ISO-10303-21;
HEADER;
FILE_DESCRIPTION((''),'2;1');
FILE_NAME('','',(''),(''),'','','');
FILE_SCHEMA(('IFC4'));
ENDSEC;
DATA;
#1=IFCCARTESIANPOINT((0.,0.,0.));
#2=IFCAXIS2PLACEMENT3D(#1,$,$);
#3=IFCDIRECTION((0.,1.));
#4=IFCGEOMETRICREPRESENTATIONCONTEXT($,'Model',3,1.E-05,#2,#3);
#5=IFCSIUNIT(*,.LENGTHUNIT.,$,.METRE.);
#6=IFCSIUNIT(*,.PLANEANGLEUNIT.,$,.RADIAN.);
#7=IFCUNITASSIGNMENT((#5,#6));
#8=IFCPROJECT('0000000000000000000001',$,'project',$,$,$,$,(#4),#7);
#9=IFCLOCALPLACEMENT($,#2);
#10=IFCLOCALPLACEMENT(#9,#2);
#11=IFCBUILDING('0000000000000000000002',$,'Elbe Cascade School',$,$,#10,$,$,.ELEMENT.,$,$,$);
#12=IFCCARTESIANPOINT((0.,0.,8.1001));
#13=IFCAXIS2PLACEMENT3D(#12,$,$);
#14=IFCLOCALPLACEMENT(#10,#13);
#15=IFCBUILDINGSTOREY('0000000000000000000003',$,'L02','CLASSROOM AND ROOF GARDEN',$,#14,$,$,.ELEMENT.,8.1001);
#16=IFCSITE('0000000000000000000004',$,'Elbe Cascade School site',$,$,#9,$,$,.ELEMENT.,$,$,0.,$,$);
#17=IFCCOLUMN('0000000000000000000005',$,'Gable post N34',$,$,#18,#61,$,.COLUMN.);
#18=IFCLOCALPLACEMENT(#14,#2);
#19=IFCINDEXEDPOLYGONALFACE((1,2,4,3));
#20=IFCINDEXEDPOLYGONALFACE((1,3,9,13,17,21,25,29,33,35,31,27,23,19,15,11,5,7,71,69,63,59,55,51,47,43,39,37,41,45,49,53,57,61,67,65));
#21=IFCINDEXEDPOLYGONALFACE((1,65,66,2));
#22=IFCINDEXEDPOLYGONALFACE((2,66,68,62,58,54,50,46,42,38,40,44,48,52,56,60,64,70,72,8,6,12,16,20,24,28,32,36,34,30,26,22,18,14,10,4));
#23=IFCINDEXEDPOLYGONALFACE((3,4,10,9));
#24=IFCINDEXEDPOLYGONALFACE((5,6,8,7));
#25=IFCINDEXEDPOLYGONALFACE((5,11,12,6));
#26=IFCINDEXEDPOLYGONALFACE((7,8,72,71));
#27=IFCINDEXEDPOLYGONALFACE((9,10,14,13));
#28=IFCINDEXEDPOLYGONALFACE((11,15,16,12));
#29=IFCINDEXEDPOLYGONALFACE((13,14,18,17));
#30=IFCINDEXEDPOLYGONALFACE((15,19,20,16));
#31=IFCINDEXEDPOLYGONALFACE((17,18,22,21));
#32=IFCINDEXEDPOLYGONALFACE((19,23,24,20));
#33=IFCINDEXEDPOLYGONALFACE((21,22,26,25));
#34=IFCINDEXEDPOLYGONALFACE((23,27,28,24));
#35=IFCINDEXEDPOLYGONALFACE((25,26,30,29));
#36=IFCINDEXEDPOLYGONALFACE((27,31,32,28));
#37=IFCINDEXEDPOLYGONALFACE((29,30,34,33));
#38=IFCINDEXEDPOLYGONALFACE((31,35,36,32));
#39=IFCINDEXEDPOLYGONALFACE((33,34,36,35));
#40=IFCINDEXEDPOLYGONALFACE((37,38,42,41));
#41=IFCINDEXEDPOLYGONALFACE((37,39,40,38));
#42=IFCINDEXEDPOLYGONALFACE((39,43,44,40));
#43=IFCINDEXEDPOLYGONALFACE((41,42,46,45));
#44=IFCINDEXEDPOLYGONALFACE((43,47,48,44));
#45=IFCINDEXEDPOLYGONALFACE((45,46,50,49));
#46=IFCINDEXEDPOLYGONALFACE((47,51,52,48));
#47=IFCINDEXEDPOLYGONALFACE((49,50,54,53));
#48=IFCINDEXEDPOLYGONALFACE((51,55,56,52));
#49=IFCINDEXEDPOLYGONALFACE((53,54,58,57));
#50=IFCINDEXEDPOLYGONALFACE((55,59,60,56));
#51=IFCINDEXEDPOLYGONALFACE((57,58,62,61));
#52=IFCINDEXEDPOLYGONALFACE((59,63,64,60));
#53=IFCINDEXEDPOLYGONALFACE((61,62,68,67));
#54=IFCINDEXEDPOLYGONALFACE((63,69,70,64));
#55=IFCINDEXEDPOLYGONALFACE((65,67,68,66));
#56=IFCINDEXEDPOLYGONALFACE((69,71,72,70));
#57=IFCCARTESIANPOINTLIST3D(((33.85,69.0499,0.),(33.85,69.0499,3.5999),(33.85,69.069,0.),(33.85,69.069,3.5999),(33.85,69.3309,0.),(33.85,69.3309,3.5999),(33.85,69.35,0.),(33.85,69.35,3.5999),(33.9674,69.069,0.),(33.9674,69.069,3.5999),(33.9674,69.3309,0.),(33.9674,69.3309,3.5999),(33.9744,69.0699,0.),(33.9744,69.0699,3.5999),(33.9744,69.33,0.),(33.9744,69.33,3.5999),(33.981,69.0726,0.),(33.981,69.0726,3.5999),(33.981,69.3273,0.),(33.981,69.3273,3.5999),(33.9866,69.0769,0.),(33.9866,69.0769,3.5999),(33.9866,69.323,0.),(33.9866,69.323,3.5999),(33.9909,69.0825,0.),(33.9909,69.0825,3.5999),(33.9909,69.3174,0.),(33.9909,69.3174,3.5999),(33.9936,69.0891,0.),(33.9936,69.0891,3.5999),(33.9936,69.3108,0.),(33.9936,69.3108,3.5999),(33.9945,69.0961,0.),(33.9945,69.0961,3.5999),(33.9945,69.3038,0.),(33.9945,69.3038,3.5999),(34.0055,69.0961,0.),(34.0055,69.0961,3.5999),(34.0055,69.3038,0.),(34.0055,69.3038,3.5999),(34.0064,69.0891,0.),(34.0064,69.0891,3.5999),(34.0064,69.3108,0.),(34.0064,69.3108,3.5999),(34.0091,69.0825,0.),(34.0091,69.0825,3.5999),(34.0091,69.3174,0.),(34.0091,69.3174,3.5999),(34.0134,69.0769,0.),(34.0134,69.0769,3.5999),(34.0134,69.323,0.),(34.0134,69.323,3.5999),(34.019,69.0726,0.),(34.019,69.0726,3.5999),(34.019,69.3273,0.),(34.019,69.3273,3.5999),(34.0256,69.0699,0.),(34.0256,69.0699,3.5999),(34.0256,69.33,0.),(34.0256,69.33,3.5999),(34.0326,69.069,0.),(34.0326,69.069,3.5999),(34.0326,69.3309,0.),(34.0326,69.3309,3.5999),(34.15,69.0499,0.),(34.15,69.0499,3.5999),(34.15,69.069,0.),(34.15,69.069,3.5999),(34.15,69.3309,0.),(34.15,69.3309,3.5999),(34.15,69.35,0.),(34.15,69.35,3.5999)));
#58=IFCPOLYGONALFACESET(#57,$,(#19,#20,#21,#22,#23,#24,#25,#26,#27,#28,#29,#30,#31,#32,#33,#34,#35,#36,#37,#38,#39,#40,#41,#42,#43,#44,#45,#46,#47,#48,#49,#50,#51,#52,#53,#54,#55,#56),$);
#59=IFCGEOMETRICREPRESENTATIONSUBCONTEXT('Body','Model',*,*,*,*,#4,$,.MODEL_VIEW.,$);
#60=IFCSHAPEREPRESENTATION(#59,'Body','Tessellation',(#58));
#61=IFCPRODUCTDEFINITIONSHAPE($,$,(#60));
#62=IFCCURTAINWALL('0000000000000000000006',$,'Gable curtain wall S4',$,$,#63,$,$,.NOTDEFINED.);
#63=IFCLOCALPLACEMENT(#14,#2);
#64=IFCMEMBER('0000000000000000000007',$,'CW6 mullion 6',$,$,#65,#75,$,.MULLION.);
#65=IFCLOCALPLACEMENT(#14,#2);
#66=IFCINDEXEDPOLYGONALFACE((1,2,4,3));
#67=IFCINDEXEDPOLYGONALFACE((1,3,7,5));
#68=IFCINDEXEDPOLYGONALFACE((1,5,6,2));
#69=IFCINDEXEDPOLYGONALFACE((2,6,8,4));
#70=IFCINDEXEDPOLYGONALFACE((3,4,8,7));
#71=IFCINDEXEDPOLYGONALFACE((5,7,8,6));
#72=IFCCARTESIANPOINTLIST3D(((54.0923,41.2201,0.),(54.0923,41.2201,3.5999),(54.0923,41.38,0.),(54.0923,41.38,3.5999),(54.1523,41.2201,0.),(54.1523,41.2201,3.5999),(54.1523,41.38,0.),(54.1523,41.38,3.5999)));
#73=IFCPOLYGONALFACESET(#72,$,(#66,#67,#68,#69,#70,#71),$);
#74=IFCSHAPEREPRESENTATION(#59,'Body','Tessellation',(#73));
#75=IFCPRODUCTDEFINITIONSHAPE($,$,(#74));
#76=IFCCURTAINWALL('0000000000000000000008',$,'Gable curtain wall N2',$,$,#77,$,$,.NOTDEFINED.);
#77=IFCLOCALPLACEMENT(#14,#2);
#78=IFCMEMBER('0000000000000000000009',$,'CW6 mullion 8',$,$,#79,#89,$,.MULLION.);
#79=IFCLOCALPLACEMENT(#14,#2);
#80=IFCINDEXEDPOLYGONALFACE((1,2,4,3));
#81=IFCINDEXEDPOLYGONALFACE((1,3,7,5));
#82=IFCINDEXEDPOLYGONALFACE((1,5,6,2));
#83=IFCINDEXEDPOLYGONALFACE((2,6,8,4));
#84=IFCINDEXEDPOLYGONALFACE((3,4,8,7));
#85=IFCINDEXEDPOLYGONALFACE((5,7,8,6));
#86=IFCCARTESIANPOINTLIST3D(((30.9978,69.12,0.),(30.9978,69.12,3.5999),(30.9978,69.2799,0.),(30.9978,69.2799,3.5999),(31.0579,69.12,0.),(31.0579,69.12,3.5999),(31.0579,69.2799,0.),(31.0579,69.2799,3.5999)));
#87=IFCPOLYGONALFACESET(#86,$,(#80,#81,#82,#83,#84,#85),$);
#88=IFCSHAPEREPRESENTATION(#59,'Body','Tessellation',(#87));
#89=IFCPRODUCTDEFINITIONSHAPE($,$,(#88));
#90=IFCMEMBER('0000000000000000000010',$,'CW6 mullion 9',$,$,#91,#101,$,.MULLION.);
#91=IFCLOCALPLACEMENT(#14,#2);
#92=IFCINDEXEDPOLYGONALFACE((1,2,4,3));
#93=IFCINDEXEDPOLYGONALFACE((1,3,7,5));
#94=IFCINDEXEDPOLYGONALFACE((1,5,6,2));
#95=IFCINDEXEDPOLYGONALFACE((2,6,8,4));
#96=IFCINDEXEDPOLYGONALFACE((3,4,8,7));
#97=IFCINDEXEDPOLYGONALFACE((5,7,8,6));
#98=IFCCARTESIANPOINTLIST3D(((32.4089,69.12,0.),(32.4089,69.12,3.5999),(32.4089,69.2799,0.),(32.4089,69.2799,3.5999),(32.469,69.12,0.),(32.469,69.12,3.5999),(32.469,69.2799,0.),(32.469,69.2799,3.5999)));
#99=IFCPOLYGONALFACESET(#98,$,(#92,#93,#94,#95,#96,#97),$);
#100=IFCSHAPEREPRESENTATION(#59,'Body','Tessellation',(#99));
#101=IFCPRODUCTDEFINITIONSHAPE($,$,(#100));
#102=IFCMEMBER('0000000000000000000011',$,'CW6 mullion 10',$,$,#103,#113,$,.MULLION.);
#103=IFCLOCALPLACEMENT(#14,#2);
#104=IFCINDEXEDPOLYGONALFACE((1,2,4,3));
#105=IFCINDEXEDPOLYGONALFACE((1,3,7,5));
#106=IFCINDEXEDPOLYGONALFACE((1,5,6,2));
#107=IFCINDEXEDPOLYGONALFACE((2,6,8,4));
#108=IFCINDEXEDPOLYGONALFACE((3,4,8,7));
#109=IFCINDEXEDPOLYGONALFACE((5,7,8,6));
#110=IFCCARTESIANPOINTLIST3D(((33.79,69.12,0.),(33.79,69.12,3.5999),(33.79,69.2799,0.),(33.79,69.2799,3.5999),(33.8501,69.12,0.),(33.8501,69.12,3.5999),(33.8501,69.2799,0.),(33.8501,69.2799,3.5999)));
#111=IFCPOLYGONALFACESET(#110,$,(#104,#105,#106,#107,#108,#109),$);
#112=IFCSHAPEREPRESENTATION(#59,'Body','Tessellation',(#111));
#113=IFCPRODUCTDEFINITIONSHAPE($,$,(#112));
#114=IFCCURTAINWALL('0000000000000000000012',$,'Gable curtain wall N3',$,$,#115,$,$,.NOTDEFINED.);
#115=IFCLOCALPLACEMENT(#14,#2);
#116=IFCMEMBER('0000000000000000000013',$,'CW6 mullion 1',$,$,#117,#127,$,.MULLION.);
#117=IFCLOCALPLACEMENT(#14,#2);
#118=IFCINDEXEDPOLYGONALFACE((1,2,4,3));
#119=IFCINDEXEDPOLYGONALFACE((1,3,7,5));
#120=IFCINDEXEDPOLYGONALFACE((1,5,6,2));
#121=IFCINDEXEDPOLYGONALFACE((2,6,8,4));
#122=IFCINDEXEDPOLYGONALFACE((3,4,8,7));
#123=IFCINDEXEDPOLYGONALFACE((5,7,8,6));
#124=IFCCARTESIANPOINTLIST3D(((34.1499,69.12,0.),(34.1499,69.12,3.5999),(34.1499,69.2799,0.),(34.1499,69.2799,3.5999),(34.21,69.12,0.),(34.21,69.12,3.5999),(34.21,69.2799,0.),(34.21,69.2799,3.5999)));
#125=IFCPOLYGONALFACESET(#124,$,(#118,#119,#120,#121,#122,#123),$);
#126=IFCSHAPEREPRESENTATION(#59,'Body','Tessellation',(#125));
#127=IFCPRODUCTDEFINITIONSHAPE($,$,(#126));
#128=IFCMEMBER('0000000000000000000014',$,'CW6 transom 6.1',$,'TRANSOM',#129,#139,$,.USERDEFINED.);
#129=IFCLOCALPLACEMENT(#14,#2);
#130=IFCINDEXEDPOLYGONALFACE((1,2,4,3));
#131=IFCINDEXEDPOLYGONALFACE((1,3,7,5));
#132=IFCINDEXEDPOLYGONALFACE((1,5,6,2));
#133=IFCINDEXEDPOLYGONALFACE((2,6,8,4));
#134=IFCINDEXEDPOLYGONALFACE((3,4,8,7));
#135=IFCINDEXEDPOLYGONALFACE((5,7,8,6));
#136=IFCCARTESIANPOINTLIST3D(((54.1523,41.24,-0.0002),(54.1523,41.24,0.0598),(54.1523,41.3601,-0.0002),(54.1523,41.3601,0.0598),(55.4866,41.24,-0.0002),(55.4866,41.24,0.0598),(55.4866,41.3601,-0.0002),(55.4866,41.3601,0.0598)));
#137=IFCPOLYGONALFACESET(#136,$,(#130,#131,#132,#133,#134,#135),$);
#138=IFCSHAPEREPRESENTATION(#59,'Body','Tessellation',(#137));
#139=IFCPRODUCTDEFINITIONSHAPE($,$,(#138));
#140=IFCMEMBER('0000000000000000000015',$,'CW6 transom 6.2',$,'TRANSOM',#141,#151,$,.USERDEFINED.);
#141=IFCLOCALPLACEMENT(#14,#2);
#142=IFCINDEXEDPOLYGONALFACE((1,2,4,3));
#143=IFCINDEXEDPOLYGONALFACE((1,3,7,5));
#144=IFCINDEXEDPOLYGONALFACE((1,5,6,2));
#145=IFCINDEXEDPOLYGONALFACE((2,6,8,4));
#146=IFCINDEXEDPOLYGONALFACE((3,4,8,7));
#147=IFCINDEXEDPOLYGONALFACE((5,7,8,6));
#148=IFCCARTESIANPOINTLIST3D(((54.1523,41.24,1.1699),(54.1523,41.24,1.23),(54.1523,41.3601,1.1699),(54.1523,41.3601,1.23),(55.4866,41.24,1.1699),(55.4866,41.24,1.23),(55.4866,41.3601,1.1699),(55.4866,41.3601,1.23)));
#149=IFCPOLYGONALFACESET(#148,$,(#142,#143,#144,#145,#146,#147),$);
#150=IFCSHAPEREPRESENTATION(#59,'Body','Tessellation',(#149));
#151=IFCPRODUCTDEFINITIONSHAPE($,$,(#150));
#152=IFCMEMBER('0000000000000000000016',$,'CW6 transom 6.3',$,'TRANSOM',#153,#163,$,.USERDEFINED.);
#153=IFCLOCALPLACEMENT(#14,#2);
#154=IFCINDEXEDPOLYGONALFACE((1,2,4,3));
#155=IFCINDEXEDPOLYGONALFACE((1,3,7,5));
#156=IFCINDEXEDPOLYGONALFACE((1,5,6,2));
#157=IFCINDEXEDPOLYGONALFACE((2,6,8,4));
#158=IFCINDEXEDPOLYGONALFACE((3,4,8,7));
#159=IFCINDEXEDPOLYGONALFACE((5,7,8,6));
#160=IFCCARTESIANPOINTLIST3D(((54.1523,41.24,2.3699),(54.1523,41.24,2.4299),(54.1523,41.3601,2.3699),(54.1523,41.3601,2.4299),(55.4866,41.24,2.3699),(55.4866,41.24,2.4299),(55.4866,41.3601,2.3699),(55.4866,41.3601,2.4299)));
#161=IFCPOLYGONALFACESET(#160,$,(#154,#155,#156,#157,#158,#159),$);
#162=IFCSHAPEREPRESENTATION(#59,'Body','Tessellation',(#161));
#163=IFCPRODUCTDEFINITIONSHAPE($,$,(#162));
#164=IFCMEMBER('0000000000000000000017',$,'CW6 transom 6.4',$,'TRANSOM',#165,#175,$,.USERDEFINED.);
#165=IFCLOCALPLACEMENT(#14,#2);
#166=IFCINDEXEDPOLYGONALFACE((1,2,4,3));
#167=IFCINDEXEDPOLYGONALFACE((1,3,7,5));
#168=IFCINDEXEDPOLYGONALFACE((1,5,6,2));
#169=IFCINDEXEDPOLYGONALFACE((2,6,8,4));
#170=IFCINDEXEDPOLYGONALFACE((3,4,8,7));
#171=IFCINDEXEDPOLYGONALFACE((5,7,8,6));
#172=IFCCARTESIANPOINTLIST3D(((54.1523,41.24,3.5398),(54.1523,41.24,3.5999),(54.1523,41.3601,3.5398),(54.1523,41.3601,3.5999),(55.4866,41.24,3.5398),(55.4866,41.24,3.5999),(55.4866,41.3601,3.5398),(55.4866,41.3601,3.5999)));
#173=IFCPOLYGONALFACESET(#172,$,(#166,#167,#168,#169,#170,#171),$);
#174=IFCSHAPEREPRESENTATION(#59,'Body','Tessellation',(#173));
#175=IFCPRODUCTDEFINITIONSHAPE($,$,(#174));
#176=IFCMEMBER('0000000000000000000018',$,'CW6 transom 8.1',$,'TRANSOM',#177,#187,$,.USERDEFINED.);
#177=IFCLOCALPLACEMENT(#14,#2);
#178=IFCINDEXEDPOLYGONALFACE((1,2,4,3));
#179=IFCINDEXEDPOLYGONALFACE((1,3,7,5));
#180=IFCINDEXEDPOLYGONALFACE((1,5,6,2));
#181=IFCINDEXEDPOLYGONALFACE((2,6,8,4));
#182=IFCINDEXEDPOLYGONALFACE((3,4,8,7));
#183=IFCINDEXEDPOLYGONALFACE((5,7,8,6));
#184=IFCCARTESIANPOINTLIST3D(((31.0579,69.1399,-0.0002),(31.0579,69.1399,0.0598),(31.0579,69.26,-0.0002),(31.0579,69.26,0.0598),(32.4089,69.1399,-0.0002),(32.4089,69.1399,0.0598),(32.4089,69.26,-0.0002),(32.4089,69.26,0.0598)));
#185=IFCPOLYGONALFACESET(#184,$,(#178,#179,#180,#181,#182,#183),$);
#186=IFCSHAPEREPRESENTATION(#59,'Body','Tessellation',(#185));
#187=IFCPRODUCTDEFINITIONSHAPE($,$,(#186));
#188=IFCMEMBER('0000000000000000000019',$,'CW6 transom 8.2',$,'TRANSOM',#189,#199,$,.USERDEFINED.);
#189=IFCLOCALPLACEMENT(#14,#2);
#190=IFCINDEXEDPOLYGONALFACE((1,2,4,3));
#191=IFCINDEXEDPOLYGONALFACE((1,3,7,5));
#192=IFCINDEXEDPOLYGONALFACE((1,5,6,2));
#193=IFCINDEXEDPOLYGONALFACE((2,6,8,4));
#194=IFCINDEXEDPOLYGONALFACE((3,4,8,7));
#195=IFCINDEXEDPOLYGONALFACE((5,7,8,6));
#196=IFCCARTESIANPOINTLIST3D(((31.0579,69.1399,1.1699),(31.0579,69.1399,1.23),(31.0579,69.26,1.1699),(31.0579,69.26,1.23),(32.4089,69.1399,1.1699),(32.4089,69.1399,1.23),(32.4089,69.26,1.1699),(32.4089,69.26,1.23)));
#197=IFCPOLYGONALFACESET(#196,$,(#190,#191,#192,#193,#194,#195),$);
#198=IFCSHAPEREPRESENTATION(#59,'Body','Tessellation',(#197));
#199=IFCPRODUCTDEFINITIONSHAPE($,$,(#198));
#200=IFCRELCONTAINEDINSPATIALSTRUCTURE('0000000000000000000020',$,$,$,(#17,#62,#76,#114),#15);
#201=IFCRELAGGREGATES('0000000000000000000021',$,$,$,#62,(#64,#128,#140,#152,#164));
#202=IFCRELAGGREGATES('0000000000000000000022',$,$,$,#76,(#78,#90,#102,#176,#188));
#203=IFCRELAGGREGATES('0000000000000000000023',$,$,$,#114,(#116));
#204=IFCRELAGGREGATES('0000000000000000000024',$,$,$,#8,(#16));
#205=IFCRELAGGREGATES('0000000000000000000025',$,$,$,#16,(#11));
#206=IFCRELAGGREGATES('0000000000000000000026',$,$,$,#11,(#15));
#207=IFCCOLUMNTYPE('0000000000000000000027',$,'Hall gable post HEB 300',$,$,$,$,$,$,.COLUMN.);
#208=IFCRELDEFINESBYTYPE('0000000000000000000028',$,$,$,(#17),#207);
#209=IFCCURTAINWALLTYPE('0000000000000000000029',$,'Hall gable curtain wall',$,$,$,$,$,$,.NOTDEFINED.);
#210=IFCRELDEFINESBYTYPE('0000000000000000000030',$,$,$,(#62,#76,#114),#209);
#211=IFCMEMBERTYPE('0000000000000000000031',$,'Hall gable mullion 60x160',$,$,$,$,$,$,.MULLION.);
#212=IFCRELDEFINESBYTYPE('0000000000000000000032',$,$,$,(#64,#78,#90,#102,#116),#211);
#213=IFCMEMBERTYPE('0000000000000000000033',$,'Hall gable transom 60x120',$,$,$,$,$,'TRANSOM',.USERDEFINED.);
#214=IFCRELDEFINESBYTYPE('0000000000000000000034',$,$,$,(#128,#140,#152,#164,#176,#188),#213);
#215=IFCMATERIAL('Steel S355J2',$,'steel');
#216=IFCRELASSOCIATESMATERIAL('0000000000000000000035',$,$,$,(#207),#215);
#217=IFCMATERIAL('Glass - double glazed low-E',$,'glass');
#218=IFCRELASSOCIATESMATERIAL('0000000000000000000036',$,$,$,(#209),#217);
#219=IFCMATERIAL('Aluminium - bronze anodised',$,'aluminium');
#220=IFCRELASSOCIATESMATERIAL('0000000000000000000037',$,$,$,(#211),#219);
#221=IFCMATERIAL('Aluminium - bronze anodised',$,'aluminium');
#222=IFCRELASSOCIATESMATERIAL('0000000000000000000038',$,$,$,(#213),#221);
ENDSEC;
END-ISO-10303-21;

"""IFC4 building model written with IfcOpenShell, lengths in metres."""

from ifc_helpers import new_model, si_unit, direction, frame, origin, origin_2d, place, context, subcontext, project, spatial, rectangle, i_section, extrude, material, material_profile, profile_set, type_object, element, aggregate, save


model = new_model("IFC4")

# Units and contexts
model_context = context("Model", 3, precision=1e-05, world=origin(), true_north=direction((0.0, 1.0)))
body_context = subcontext(model_context, "Body", "Model", "MODEL_VIEW")
ifc_project = project(units=[si_unit("LENGTHUNIT", "METRE"), si_unit("PLANEANGLEUNIT", "RADIAN")], contexts=[model_context])

# Site, building, storey
site_placement = place(None, origin())
site = spatial("IfcSite", under=ifc_project, at=site_placement, Name="Elbe Cascade School site", CompositionType="ELEMENT", RefElevation=0.0)
building_placement = place(site_placement, origin())
building = spatial("IfcBuilding", under=site, at=building_placement, Name="Elbe Cascade School", CompositionType="ELEMENT")
storey_placement = place(building_placement, frame((0.0, 0.0, 8.1001)))
storey = spatial("IfcBuildingStorey", under=building, at=storey_placement, Name="L02", Description="CLASSROOM AND ROOF GARDEN", CompositionType="ELEMENT", Elevation=8.1001)

# Column
ifc_material_1 = material(Name="Steel S355J2", Category="steel")
ifc_material_profile_1 = material_profile(ifc_material_1, i_section(OverallWidth=0.3, OverallDepth=0.3, WebThickness=0.011, FlangeThickness=0.019, FilletRadius=0.0271, at=origin_2d()), Name="HEB 300")
ifc_profile_set_1 = profile_set([ifc_material_profile_1], Name="Steel S355J2")
column_type = type_object("IfcColumnType", Name="Hall gable post HEB 300", PredefinedType="COLUMN", material=ifc_profile_set_1)
column_placement = place(storey_placement, frame((34.0, 69.2, 0.0), z_axis=(0.0, 0.0, 1.0), x_axis=(1.0, 0.0, 0.0)))
element("IfcColumn", 1, at=column_placement, inside=storey, type_object=column_type, Name="Gable post N34", PredefinedType="COLUMN", context=body_context, shape_type="SweptSolid", body=[
    extrude(i_section(OverallWidth=0.3, OverallDepth=0.3, WebThickness=0.011, FlangeThickness=0.019, FilletRadius=0.0271, at=origin_2d()), origin(), (0.0, 0.0, 1.0), 3.5999),
])

# Curtain wall, member
ifc_material_2 = material(Name="Glass - double glazed low-E", Category="glass")
curtain_wall_type = type_object("IfcCurtainWallType", Name="Hall gable curtain wall", PredefinedType="NOTDEFINED", material=ifc_material_2)
curtain_wall_1_placement = place(storey_placement, origin())
curtain_wall_1 = element("IfcCurtainWall", 2, at=curtain_wall_1_placement, inside=storey, type_object=curtain_wall_type, Name="Gable curtain wall S4", PredefinedType="NOTDEFINED")
ifc_material_3 = material(Name="Aluminium - bronze anodised", Category="aluminium")
ifc_material_profile_2 = material_profile(ifc_material_3, rectangle(XDim=0.1599, YDim=0.0601, at=origin_2d()), Name="Alu 60x160")
ifc_profile_set_2 = profile_set([ifc_material_profile_2], Name="Aluminium - bronze anodised")
member_type_1 = type_object("IfcMemberType", Name="Hall gable mullion 60x160", PredefinedType="MULLION", material=ifc_profile_set_2)
member_1_placement = place(storey_placement, frame((54.1223, 41.3, 0.0), z_axis=(0.0, 0.0, 1.0), x_axis=(0.0, 1.0, 0.0)))
member_1 = element("IfcMember", 3, at=member_1_placement, type_object=member_type_1, Name="CW6 mullion 6", PredefinedType="MULLION", context=body_context, shape_type="SweptSolid", body=[
    extrude(rectangle(XDim=0.1599, YDim=0.0601, at=origin_2d()), origin(), (0.0, 0.0, 1.0), 3.5999),
])

# Curtain wall, members
curtain_wall_2_placement = place(storey_placement, origin())
curtain_wall_2 = element("IfcCurtainWall", 4, at=curtain_wall_2_placement, inside=storey, type_object=curtain_wall_type, Name="Gable curtain wall N2", PredefinedType="NOTDEFINED")
member_2_placement = place(storey_placement, frame((31.0278, 69.2, 0.0), z_axis=(0.0, 0.0, 1.0), x_axis=(0.0, 1.0, 0.0)))
member_2 = element("IfcMember", 5, at=member_2_placement, type_object=member_type_1, Name="CW6 mullion 8", PredefinedType="MULLION", context=body_context, shape_type="SweptSolid", body=[
    extrude(rectangle(XDim=0.1599, YDim=0.0601, at=origin_2d()), origin(), (0.0, 0.0, 1.0), 3.5999),
])
member_3_placement = place(storey_placement, frame((32.439, 69.2, 0.0), z_axis=(0.0, 0.0, 1.0), x_axis=(0.0, 1.0, 0.0)))
member_3 = element("IfcMember", 6, at=member_3_placement, type_object=member_type_1, Name="CW6 mullion 9", PredefinedType="MULLION", context=body_context, shape_type="SweptSolid", body=[
    extrude(rectangle(XDim=0.1599, YDim=0.0601, at=origin_2d()), origin(), (0.0, 0.0, 1.0), 3.5999),
])
member_4_placement = place(storey_placement, frame((33.8201, 69.2, 0.0), z_axis=(0.0, 0.0, 1.0), x_axis=(0.0, 1.0, 0.0)))
member_4 = element("IfcMember", 7, at=member_4_placement, type_object=member_type_1, Name="CW6 mullion 10", PredefinedType="MULLION", context=body_context, shape_type="SweptSolid", body=[
    extrude(rectangle(XDim=0.1599, YDim=0.0601, at=origin_2d()), origin(), (0.0, 0.0, 1.0), 3.5999),
])

# Curtain wall, member
curtain_wall_3_placement = place(storey_placement, origin())
curtain_wall_3 = element("IfcCurtainWall", 8, at=curtain_wall_3_placement, inside=storey, type_object=curtain_wall_type, Name="Gable curtain wall N3", PredefinedType="NOTDEFINED")
member_5_placement = place(storey_placement, frame((34.1799, 69.2, 0.0), z_axis=(0.0, 0.0, 1.0), x_axis=(0.0, 1.0, 0.0)))
member_5 = element("IfcMember", 9, at=member_5_placement, type_object=member_type_1, Name="CW6 mullion 1", PredefinedType="MULLION", context=body_context, shape_type="SweptSolid", body=[
    extrude(rectangle(XDim=0.1599, YDim=0.0601, at=origin_2d()), origin(), (0.0, 0.0, 1.0), 3.5999),
])

# Members
ifc_material_4 = material(Name="Aluminium - bronze anodised", Category="aluminium")
ifc_material_profile_3 = material_profile(ifc_material_4, rectangle(XDim=0.1201, YDim=0.0601, at=origin_2d()), Name="Alu 60x120")
ifc_profile_set_3 = profile_set([ifc_material_profile_3], Name="Aluminium - bronze anodised")
member_type_2 = type_object("IfcMemberType", Name="Hall gable transom 60x120", ElementType="TRANSOM", PredefinedType="USERDEFINED", material=ifc_profile_set_3)
member_6_placement = place(storey_placement, frame((54.1523, 41.3, 0.0298), z_axis=(1.0, 0.0, 0.0), x_axis=(0.0, 1.0, 0.0)))
member_6 = element("IfcMember", 10, at=member_6_placement, type_object=member_type_2, Name="CW6 transom 6.1", ObjectType="TRANSOM", PredefinedType="USERDEFINED", context=body_context, shape_type="SweptSolid", body=[
    extrude(rectangle(XDim=0.1201, YDim=0.0601, at=origin_2d()), origin(), (0.0, 0.0, 1.0), 1.3342),
])
member_7_placement = place(storey_placement, frame((54.1523, 41.3, 1.2), z_axis=(1.0, 0.0, 0.0), x_axis=(0.0, 1.0, 0.0)))
member_7 = element("IfcMember", 11, at=member_7_placement, type_object=member_type_2, Name="CW6 transom 6.2", ObjectType="TRANSOM", PredefinedType="USERDEFINED", context=body_context, shape_type="SweptSolid", body=[
    extrude(rectangle(XDim=0.1201, YDim=0.0601, at=origin_2d()), origin(), (0.0, 0.0, 1.0), 1.3342),
])
member_8_placement = place(storey_placement, frame((54.1523, 41.3, 2.3999), z_axis=(1.0, 0.0, 0.0), x_axis=(0.0, 1.0, 0.0)))
member_8 = element("IfcMember", 12, at=member_8_placement, type_object=member_type_2, Name="CW6 transom 6.3", ObjectType="TRANSOM", PredefinedType="USERDEFINED", context=body_context, shape_type="SweptSolid", body=[
    extrude(rectangle(XDim=0.1201, YDim=0.0601, at=origin_2d()), origin(), (0.0, 0.0, 1.0), 1.3342),
])
member_9_placement = place(storey_placement, frame((54.1523, 41.3, 3.5698), z_axis=(1.0, 0.0, 0.0), x_axis=(0.0, 1.0, 0.0)))
member_9 = element("IfcMember", 13, at=member_9_placement, type_object=member_type_2, Name="CW6 transom 6.4", ObjectType="TRANSOM", PredefinedType="USERDEFINED", context=body_context, shape_type="SweptSolid", body=[
    extrude(rectangle(XDim=0.1201, YDim=0.0601, at=origin_2d()), origin(), (0.0, 0.0, 1.0), 1.3342),
])
member_10_placement = place(storey_placement, frame((31.0579, 69.2, 0.0298), z_axis=(1.0, 0.0, 0.0), x_axis=(0.0, 1.0, 0.0)))
member_10 = element("IfcMember", 14, at=member_10_placement, type_object=member_type_2, Name="CW6 transom 8.1", ObjectType="TRANSOM", PredefinedType="USERDEFINED", context=body_context, shape_type="SweptSolid", body=[
    extrude(rectangle(XDim=0.1201, YDim=0.0601, at=origin_2d()), origin(), (0.0, 0.0, 1.0), 1.3511),
])
member_11_placement = place(storey_placement, frame((31.0579, 69.2, 1.2), z_axis=(1.0, 0.0, 0.0), x_axis=(0.0, 1.0, 0.0)))
member_11 = element("IfcMember", 15, at=member_11_placement, type_object=member_type_2, Name="CW6 transom 8.2", ObjectType="TRANSOM", PredefinedType="USERDEFINED", context=body_context, shape_type="SweptSolid", body=[
    extrude(rectangle(XDim=0.1201, YDim=0.0601, at=origin_2d()), origin(), (0.0, 0.0, 1.0), 1.3511),
])

aggregate(curtain_wall_1, [member_1, member_6, member_7, member_8, member_9])
aggregate(curtain_wall_2, [member_2, member_3, member_4, member_10, member_11])
aggregate(curtain_wall_3, [member_5])

save(model, "model.ifc")
